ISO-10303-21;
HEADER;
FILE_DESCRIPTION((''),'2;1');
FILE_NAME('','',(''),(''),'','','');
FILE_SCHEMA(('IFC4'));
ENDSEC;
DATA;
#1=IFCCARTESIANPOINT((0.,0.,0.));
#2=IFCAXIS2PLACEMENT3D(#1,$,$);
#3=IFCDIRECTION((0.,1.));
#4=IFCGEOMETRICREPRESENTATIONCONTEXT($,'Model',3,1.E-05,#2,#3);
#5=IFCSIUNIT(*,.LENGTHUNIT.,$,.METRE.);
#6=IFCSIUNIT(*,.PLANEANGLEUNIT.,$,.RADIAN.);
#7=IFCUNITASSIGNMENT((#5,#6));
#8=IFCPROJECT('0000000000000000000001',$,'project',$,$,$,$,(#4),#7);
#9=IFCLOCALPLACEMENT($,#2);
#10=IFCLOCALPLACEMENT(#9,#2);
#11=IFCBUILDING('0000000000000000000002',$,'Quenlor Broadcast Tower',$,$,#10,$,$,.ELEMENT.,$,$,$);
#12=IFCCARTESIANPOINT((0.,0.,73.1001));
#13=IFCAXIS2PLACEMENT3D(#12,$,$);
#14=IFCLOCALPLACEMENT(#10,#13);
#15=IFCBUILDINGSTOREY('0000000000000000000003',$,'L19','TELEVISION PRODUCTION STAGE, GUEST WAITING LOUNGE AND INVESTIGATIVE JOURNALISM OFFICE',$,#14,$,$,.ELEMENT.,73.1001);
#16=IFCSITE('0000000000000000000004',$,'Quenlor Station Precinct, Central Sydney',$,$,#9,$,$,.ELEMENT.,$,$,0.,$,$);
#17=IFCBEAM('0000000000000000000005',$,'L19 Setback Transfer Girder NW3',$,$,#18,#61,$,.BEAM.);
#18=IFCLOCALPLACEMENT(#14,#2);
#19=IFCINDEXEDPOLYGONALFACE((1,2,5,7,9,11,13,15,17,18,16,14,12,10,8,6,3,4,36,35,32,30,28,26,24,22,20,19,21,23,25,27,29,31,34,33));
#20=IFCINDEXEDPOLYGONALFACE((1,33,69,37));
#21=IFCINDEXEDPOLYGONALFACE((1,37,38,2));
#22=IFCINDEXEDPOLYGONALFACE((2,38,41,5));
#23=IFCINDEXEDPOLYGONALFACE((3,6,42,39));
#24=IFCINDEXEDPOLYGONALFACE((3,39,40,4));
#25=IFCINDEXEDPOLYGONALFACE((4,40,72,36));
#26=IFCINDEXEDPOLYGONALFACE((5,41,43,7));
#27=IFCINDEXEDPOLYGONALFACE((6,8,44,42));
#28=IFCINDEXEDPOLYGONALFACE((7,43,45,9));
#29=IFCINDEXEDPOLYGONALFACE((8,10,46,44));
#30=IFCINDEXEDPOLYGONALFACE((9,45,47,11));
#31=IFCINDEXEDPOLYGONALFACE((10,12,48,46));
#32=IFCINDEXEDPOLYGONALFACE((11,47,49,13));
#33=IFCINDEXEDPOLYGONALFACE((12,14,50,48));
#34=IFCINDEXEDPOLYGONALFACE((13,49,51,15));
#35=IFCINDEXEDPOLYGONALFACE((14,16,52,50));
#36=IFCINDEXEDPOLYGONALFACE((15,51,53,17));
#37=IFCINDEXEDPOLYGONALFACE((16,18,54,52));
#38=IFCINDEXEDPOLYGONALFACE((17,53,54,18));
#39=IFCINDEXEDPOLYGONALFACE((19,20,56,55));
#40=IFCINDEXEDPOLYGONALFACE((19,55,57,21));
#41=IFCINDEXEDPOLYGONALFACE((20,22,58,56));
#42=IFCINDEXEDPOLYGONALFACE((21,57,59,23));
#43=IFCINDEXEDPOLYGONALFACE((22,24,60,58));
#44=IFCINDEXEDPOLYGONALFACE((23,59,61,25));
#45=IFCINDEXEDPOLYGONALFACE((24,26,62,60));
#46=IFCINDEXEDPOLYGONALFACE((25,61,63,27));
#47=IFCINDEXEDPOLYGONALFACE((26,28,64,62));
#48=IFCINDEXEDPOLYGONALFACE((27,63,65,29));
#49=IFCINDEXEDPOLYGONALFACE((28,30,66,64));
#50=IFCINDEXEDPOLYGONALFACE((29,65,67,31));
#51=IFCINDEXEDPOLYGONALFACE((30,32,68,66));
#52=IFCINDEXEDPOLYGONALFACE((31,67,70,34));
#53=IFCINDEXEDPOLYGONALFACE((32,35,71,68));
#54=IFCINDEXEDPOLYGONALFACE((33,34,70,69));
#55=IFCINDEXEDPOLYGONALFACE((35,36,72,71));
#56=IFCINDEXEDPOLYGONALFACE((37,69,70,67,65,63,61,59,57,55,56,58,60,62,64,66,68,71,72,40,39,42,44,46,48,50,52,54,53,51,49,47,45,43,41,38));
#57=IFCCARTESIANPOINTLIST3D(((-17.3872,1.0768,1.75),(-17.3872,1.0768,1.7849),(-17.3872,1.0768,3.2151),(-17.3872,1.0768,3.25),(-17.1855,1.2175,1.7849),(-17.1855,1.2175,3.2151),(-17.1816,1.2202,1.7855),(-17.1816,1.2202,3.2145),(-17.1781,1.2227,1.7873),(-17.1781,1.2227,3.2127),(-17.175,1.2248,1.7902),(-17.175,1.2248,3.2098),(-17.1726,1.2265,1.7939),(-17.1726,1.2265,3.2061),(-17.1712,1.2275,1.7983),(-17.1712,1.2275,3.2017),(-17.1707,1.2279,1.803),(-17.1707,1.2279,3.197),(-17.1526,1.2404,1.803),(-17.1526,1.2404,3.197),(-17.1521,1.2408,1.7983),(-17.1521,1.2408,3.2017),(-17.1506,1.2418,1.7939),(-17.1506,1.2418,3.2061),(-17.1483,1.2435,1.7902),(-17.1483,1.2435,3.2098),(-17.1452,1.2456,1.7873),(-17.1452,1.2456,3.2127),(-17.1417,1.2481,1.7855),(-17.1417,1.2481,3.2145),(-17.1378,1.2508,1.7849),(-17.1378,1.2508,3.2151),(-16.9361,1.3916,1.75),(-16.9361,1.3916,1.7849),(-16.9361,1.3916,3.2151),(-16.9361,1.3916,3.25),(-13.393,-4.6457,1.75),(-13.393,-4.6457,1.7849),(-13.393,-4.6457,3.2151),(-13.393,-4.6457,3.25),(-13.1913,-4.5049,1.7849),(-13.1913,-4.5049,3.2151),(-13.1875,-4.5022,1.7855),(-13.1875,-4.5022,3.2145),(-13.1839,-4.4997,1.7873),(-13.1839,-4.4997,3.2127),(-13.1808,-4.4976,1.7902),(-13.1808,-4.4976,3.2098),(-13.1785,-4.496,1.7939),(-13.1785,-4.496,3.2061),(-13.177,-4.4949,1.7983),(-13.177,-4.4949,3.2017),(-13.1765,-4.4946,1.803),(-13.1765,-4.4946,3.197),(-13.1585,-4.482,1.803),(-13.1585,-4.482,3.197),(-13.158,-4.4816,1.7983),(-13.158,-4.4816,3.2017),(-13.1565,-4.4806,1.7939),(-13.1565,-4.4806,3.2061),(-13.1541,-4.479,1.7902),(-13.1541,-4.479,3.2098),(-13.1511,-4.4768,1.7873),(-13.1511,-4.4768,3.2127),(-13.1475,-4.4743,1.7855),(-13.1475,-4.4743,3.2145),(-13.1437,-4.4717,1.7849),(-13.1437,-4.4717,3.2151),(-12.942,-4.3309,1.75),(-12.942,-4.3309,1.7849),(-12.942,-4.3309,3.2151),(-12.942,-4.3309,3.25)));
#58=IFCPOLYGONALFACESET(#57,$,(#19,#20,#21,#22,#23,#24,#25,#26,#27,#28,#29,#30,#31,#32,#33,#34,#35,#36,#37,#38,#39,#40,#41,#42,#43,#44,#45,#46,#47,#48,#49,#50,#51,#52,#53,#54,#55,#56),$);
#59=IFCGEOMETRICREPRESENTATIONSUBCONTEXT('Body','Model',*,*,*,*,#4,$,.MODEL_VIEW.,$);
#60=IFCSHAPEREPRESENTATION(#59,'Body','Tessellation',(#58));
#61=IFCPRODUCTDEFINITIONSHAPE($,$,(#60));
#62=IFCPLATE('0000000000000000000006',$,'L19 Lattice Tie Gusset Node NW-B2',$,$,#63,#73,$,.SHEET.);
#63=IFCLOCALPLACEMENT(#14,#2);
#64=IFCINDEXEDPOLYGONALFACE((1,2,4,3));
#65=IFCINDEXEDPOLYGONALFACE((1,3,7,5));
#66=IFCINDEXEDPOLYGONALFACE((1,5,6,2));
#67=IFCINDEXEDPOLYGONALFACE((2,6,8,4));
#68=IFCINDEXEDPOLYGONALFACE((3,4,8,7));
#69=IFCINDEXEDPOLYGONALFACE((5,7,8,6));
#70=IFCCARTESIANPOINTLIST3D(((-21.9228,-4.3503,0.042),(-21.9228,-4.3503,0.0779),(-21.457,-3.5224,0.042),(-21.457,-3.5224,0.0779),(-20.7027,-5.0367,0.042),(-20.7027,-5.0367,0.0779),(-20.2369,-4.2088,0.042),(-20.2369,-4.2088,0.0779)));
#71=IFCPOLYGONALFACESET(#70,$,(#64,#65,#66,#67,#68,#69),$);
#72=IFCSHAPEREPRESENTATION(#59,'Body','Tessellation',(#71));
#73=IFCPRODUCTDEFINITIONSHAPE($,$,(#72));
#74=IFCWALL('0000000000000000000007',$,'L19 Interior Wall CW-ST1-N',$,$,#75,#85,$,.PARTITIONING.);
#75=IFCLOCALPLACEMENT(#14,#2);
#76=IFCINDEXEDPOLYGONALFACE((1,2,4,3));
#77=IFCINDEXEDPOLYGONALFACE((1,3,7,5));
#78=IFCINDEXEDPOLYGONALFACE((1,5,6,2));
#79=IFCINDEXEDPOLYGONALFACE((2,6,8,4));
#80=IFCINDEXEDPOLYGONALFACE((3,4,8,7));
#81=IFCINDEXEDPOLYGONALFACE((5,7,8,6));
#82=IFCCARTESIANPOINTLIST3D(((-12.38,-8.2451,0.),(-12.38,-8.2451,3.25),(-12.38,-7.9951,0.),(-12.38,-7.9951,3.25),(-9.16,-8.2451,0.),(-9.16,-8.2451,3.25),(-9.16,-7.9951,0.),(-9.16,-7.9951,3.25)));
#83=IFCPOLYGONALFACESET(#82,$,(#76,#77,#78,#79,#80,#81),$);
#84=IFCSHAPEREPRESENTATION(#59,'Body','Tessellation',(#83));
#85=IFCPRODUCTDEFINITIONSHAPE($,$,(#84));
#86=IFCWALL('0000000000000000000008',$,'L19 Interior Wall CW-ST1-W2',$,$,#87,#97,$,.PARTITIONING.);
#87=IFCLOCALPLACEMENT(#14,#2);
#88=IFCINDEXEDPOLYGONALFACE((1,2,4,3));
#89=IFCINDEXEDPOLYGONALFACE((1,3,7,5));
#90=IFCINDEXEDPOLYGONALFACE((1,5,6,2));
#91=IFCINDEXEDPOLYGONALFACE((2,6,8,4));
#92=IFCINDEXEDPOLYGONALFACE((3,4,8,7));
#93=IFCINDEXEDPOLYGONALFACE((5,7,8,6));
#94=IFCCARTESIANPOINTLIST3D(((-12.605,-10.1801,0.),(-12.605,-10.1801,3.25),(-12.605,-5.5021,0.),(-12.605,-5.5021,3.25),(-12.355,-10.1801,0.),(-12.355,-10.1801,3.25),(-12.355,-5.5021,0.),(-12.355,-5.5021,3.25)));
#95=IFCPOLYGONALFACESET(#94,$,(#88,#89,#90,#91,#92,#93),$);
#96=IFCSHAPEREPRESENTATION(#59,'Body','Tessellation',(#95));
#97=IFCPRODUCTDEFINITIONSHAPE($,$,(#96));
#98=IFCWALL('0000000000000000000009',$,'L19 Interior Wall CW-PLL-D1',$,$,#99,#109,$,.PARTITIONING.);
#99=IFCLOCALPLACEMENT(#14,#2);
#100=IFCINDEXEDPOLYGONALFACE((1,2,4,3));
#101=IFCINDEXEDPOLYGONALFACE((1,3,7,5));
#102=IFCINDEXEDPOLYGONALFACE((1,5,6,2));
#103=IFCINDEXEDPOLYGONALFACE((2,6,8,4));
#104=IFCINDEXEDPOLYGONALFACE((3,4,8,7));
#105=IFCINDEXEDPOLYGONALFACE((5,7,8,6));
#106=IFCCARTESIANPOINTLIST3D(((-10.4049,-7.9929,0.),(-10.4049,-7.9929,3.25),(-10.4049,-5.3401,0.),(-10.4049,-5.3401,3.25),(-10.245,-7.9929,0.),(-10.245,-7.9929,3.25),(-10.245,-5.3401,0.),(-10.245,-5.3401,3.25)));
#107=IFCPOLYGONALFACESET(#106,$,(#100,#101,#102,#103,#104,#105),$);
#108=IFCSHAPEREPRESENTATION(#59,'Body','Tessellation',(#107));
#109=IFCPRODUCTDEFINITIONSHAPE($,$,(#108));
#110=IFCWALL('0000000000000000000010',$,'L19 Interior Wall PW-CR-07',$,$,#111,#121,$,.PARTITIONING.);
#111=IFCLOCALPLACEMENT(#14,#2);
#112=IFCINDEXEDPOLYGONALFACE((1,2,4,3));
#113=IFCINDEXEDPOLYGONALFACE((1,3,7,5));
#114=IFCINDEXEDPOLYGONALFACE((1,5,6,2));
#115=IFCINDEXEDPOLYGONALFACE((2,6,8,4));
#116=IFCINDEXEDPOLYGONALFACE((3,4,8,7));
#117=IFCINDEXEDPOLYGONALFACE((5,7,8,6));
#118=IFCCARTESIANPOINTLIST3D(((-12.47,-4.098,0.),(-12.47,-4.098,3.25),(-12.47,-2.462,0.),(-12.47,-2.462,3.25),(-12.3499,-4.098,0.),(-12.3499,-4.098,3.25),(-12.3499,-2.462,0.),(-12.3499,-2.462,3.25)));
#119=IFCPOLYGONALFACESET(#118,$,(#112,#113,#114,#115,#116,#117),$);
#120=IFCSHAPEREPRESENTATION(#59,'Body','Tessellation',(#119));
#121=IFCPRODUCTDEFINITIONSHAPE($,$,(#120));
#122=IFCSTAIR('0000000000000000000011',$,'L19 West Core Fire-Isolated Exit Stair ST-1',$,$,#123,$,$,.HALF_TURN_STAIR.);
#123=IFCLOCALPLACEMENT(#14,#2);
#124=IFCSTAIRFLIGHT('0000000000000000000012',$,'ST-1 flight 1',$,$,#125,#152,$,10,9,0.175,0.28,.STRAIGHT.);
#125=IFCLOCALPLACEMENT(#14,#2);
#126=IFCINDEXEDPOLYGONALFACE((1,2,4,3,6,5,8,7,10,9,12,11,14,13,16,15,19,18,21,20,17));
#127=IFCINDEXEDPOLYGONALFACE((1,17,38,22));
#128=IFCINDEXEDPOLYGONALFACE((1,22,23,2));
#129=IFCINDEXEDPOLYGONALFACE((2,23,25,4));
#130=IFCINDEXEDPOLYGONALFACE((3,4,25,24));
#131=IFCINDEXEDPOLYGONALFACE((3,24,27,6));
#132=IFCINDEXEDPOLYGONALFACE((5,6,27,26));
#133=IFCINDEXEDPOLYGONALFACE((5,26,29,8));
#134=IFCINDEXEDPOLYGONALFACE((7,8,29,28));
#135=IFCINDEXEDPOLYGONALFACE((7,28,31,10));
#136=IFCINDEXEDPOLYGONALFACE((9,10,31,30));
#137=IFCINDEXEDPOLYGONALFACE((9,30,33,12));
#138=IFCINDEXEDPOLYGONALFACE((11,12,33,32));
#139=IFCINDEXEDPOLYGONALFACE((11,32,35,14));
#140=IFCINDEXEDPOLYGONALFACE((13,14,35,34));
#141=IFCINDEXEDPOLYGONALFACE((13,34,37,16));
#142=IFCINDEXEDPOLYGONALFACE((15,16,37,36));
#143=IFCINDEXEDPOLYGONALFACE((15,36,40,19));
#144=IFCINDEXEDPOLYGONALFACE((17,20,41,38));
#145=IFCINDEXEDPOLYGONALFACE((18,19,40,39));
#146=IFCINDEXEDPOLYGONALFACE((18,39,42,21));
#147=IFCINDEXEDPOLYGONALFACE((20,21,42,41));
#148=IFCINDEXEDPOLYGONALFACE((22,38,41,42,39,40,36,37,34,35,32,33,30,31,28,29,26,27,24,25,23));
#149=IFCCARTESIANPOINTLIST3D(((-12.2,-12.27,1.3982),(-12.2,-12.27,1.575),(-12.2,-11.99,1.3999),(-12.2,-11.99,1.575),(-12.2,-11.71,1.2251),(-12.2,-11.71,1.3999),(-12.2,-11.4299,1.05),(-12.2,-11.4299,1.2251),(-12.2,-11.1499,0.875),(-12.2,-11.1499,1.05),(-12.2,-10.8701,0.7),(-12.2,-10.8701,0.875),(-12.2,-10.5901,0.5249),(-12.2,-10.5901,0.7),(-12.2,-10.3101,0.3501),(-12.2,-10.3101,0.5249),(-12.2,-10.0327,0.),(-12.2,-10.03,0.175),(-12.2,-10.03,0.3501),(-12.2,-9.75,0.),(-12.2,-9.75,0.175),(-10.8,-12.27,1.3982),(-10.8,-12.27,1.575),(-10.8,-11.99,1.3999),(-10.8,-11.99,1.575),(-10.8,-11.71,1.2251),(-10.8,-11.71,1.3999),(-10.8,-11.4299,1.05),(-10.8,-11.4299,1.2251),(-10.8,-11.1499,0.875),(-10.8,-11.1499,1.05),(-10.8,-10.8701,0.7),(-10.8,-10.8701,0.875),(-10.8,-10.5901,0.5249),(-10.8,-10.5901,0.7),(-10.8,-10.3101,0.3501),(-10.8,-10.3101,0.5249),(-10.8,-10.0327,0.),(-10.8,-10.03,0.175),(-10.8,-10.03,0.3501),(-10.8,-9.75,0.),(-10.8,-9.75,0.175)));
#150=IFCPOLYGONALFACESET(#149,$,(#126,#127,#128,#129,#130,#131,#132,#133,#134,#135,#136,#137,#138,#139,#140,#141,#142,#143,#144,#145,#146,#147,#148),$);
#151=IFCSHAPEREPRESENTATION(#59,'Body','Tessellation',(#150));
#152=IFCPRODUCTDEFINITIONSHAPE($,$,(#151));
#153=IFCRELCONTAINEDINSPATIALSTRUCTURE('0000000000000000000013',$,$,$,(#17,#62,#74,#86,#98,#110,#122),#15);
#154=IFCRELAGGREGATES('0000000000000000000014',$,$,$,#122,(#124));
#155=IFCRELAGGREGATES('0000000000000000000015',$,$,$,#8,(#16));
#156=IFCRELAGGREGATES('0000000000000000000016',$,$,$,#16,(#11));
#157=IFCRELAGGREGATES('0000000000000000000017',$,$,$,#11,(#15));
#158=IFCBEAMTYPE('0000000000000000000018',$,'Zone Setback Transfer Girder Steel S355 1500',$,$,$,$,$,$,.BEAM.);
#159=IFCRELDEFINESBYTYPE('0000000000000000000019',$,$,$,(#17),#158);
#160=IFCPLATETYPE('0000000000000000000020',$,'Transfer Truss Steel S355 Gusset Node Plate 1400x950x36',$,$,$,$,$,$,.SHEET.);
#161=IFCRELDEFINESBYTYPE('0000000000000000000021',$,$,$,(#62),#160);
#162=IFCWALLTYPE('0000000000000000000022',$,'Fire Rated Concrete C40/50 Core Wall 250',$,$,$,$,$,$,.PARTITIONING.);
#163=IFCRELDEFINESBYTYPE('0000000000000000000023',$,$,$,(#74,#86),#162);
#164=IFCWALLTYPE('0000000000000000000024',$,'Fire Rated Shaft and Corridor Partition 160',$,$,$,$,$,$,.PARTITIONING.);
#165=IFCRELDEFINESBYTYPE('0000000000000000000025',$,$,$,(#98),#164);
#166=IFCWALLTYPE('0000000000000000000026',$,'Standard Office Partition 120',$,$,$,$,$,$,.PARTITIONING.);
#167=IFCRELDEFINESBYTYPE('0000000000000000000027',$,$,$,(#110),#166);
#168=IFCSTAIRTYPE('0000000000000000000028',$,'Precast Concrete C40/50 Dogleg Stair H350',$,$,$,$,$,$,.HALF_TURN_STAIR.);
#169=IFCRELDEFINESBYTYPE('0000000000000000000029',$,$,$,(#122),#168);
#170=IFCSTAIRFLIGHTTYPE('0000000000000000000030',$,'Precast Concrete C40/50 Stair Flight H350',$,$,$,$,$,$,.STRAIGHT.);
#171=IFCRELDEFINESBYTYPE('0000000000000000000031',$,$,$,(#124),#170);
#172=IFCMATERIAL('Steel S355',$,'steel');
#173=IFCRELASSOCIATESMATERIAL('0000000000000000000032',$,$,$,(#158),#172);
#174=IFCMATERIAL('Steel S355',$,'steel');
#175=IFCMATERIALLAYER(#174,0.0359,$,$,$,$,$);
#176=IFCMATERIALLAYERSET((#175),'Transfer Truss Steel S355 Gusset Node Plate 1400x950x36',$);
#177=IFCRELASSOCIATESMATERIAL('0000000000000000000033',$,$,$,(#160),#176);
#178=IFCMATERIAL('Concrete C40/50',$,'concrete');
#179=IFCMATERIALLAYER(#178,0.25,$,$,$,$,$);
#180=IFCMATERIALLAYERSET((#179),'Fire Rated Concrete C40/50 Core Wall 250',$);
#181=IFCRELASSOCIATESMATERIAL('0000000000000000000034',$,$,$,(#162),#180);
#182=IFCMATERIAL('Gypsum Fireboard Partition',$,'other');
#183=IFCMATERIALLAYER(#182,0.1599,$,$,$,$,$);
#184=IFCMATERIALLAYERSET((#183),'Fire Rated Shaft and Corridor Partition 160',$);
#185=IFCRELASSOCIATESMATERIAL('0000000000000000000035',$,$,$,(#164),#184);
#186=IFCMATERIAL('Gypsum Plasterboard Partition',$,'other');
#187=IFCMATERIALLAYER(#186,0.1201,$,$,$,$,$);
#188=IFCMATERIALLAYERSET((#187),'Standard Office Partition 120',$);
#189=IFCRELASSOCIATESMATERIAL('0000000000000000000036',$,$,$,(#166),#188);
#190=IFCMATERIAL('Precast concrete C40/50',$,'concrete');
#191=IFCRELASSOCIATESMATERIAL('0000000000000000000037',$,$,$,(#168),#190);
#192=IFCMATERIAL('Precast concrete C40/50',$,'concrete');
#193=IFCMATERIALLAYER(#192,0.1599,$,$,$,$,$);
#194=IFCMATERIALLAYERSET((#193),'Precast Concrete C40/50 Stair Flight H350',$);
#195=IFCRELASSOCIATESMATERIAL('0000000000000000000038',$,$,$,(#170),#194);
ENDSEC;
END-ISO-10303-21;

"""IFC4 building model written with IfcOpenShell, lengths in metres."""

from ifc_helpers import new_model, si_unit, direction, frame, frame_2d, origin, origin_2d, place, context, subcontext, project, spatial, polyline, rectangle, i_section, outline, extrude, material, layer, layer_set, material_profile, profile_set, type_object, element, aggregate, save


model = new_model("IFC4")

# Units and contexts
model_context = context("Model", 3, precision=1e-05, world=origin(), true_north=direction((0.0, 1.0)))
body_context = subcontext(model_context, "Body", "Model", "MODEL_VIEW")
ifc_project = project(units=[si_unit("LENGTHUNIT", "METRE"), si_unit("PLANEANGLEUNIT", "RADIAN")], contexts=[model_context])

# Site, building, storey
site_placement = place(None, origin())
site = spatial("IfcSite", under=ifc_project, at=site_placement, Name="Quenlor Station Precinct, Central Sydney", CompositionType="ELEMENT", RefElevation=0.0)
building_placement = place(site_placement, origin())
building = spatial("IfcBuilding", under=site, at=building_placement, Name="Quenlor Broadcast Tower", CompositionType="ELEMENT")
storey_placement = place(building_placement, frame((0.0, 0.0, 73.1001)))
storey = spatial("IfcBuildingStorey", under=building, at=storey_placement, Name="L19", Description="TELEVISION PRODUCTION STAGE, GUEST WAITING LOUNGE AND INVESTIGATIVE JOURNALISM OFFICE", CompositionType="ELEMENT", Elevation=73.1001)

# Beam
ifc_material_1 = material(Name="Steel S355", Category="steel")
ifc_material_profile_1 = material_profile(ifc_material_1, i_section(OverallWidth=0.55, OverallDepth=1.5, WebThickness=0.022, FlangeThickness=0.0349, FilletRadius=0.0181, at=origin_2d()))
ifc_profile_set_1 = profile_set([ifc_material_profile_1], Name="Steel S355 1500TG510")
beam_type_1 = type_object("IfcBeamType", Name="Zone Setback Transfer Girder Steel S355 1500", PredefinedType="BEAM", material=ifc_profile_set_1)
beam_1_placement = place(storey_placement, frame((-13.1675, -4.4883, 2.5), z_axis=(-0.572351, 0.820009, 0.0), x_axis=(-0.820009, -0.572351, 0.0)))
element("IfcBeam", 1, at=beam_1_placement, inside=storey, type_object=beam_type_1, Name="L19 Setback Transfer Girder NW3", PredefinedType="BEAM", context=body_context, shape_type="SweptSolid", body=[
    extrude(i_section(OverallWidth=0.55, OverallDepth=1.5, WebThickness=0.022, FlangeThickness=0.0349, FilletRadius=0.0181, at=origin_2d()), origin(), (0.0, 0.0, 1.0), 6.9785),
])

# Plate
ifc_material_2 = material(Name="Steel S355", Category="steel")
ifc_layer_1 = layer(ifc_material_2, 0.0359)
ifc_layer_set_1 = layer_set([ifc_layer_1], Name="Transfer Truss Steel S355 Gusset Node Plate 1400x950x36")
plate_type = type_object("IfcPlateType", Name="Transfer Truss Steel S355 Gusset Node Plate 1400x950x36", PredefinedType="SHEET", material=ifc_layer_set_1)
plate_placement = place(storey_placement, frame((-21.0798, -4.2795, 0.042), z_axis=(0.0, 0.0, 1.0), x_axis=(-0.871556, 0.490295, 0.0)))
element("IfcPlate", 2, at=plate_placement, inside=storey, type_object=plate_type, Name="L19 Lattice Tie Gusset Node NW-B2", PredefinedType="SHEET", context=body_context, shape_type="SweptSolid", body=[
    extrude(rectangle(XDim=1.3999, YDim=0.95, at=origin_2d()), origin(), (0.0, 0.0, 1.0), 0.0359),
])

# Walls
ifc_material_3 = material(Name="Concrete C40/50", Category="concrete")
ifc_layer_2 = layer(ifc_material_3, 0.25)
ifc_layer_set_2 = layer_set([ifc_layer_2], Name="Fire Rated Concrete C40/50 Core Wall 250")
wall_type_1 = type_object("IfcWallType", Name="Fire Rated Concrete C40/50 Core Wall 250", PredefinedType="PARTITIONING", material=ifc_layer_set_2)
wall_1_placement = place(storey_placement, frame((-12.3799, -8.1201, 0.0), z_axis=(0.0, 0.0, 1.0), x_axis=(1.0, 0.0, 0.0)))
element("IfcWall", 3, at=wall_1_placement, inside=storey, type_object=wall_type_1, Name="L19 Interior Wall CW-ST1-N", PredefinedType="PARTITIONING", context=body_context, shape_type="SweptSolid", body=[
    extrude(rectangle(XDim=3.22, YDim=0.25, at=frame_2d((1.6099, 0.0))), origin(), (0.0, 0.0, 1.0), 3.25),
])
wall_2_placement = place(storey_placement, frame((-12.48, -10.1799, 0.0), z_axis=(0.0, 0.0, 1.0), x_axis=(0.0, 1.0, 0.0)))
element("IfcWall", 4, at=wall_2_placement, inside=storey, type_object=wall_type_1, Name="L19 Interior Wall CW-ST1-W2", PredefinedType="PARTITIONING", context=body_context, shape_type="SweptSolid", body=[
    extrude(rectangle(XDim=4.678, YDim=0.25, at=frame_2d((2.3389, 0.0))), origin(), (0.0, 0.0, 1.0), 3.25),
])

# Walls
ifc_material_4 = material(Name="Gypsum Fireboard Partition", Category="other")
ifc_layer_3 = layer(ifc_material_4, 0.1599)
ifc_layer_set_3 = layer_set([ifc_layer_3], Name="Fire Rated Shaft and Corridor Partition 160")
wall_type_2 = type_object("IfcWallType", Name="Fire Rated Shaft and Corridor Partition 160", PredefinedType="PARTITIONING", material=ifc_layer_set_3)
wall_3_placement = place(storey_placement, frame((-10.325, -7.9929, 0.0), z_axis=(0.0, 0.0, 1.0), x_axis=(0.0, 1.0, 0.0)))
element("IfcWall", 5, at=wall_3_placement, inside=storey, type_object=wall_type_2, Name="L19 Interior Wall CW-PLL-D1", PredefinedType="PARTITIONING", context=body_context, shape_type="SweptSolid", body=[
    extrude(rectangle(XDim=2.6528, YDim=0.1599, at=frame_2d((1.3264, 0.0))), origin(), (0.0, 0.0, 1.0), 3.25),
])
ifc_material_5 = material(Name="Gypsum Plasterboard Partition", Category="other")
ifc_layer_4 = layer(ifc_material_5, 0.1201)
ifc_layer_set_4 = layer_set([ifc_layer_4], Name="Standard Office Partition 120")
wall_type_3 = type_object("IfcWallType", Name="Standard Office Partition 120", PredefinedType="PARTITIONING", material=ifc_layer_set_4)
wall_4_placement = place(storey_placement, frame((-12.4099, -4.0979, 0.0), z_axis=(0.0, 0.0, 1.0), x_axis=(0.0, 1.0, 0.0)))
element("IfcWall", 6, at=wall_4_placement, inside=storey, type_object=wall_type_3, Name="L19 Interior Wall PW-CR-07", PredefinedType="PARTITIONING", context=body_context, shape_type="SweptSolid", body=[
    extrude(rectangle(XDim=1.636, YDim=0.1201, at=frame_2d((0.8179, 0.0))), origin(), (0.0, 0.0, 1.0), 3.25),
])

# Stair, stair flight
ifc_material_6 = material(Name="Precast concrete C40/50", Category="concrete")
stair_type = type_object("IfcStairType", Name="Precast Concrete C40/50 Dogleg Stair H350", PredefinedType="HALF_TURN_STAIR", material=ifc_material_6)
stair_placement = place(storey_placement, origin())
stair = element("IfcStair", 7, at=stair_placement, inside=storey, type_object=stair_type, Name="L19 West Core Fire-Isolated Exit Stair ST-1", PredefinedType="HALF_TURN_STAIR")
ifc_material_7 = material(Name="Precast concrete C40/50", Category="concrete")
ifc_layer_5 = layer(ifc_material_7, 0.1599)
ifc_layer_set_5 = layer_set([ifc_layer_5], Name="Precast Concrete C40/50 Stair Flight H350")
stair_flight_type = type_object("IfcStairFlightType", Name="Precast Concrete C40/50 Stair Flight H350", PredefinedType="STRAIGHT", material=ifc_layer_set_5)
stair_flight_placement = place(storey_placement, frame((-11.5, -9.75, 0.0), z_axis=(0.0, 0.0, 1.0), x_axis=(0.0, -1.0, 0.0)))
stair_flight = element("IfcStairFlight", 8, at=stair_flight_placement, type_object=stair_flight_type, Name="ST-1 flight 1", NumberOfRisers=10, NumberOfTreads=9, PredefinedType="STRAIGHT", RiserHeight=0.175, TreadLength=0.28, context=body_context, shape_type="SweptSolid", body=[
    extrude(outline(polyline([(0.0, 0.0), (0.0, 0.175), (0.28, 0.175), (0.28, 0.3501), (0.5601, 0.3501), (0.5601, 0.5249), (0.8401, 0.5249), (0.8401, 0.7), (1.1201, 0.7), (1.1201, 0.875), (1.3999, 0.875), (1.3999, 1.05), (1.6799, 1.05), (1.6799, 1.2251), (1.96, 1.2251), (1.96, 1.3999), (2.24, 1.3999), (2.24, 1.575), (2.52, 1.575), (2.52, 1.75), (2.52, 1.3982), (0.2827, 0.0), (0.0, 0.0)])), frame((0.0, 0.7, 0.0), z_axis=(0.0, -1.0, 0.0), x_axis=(1.0, 0.0, 0.0)), (0.0, 0.0, 1.0), 1.3999),
])
aggregate(stair, [stair_flight])

save(model, "model.ifc")
